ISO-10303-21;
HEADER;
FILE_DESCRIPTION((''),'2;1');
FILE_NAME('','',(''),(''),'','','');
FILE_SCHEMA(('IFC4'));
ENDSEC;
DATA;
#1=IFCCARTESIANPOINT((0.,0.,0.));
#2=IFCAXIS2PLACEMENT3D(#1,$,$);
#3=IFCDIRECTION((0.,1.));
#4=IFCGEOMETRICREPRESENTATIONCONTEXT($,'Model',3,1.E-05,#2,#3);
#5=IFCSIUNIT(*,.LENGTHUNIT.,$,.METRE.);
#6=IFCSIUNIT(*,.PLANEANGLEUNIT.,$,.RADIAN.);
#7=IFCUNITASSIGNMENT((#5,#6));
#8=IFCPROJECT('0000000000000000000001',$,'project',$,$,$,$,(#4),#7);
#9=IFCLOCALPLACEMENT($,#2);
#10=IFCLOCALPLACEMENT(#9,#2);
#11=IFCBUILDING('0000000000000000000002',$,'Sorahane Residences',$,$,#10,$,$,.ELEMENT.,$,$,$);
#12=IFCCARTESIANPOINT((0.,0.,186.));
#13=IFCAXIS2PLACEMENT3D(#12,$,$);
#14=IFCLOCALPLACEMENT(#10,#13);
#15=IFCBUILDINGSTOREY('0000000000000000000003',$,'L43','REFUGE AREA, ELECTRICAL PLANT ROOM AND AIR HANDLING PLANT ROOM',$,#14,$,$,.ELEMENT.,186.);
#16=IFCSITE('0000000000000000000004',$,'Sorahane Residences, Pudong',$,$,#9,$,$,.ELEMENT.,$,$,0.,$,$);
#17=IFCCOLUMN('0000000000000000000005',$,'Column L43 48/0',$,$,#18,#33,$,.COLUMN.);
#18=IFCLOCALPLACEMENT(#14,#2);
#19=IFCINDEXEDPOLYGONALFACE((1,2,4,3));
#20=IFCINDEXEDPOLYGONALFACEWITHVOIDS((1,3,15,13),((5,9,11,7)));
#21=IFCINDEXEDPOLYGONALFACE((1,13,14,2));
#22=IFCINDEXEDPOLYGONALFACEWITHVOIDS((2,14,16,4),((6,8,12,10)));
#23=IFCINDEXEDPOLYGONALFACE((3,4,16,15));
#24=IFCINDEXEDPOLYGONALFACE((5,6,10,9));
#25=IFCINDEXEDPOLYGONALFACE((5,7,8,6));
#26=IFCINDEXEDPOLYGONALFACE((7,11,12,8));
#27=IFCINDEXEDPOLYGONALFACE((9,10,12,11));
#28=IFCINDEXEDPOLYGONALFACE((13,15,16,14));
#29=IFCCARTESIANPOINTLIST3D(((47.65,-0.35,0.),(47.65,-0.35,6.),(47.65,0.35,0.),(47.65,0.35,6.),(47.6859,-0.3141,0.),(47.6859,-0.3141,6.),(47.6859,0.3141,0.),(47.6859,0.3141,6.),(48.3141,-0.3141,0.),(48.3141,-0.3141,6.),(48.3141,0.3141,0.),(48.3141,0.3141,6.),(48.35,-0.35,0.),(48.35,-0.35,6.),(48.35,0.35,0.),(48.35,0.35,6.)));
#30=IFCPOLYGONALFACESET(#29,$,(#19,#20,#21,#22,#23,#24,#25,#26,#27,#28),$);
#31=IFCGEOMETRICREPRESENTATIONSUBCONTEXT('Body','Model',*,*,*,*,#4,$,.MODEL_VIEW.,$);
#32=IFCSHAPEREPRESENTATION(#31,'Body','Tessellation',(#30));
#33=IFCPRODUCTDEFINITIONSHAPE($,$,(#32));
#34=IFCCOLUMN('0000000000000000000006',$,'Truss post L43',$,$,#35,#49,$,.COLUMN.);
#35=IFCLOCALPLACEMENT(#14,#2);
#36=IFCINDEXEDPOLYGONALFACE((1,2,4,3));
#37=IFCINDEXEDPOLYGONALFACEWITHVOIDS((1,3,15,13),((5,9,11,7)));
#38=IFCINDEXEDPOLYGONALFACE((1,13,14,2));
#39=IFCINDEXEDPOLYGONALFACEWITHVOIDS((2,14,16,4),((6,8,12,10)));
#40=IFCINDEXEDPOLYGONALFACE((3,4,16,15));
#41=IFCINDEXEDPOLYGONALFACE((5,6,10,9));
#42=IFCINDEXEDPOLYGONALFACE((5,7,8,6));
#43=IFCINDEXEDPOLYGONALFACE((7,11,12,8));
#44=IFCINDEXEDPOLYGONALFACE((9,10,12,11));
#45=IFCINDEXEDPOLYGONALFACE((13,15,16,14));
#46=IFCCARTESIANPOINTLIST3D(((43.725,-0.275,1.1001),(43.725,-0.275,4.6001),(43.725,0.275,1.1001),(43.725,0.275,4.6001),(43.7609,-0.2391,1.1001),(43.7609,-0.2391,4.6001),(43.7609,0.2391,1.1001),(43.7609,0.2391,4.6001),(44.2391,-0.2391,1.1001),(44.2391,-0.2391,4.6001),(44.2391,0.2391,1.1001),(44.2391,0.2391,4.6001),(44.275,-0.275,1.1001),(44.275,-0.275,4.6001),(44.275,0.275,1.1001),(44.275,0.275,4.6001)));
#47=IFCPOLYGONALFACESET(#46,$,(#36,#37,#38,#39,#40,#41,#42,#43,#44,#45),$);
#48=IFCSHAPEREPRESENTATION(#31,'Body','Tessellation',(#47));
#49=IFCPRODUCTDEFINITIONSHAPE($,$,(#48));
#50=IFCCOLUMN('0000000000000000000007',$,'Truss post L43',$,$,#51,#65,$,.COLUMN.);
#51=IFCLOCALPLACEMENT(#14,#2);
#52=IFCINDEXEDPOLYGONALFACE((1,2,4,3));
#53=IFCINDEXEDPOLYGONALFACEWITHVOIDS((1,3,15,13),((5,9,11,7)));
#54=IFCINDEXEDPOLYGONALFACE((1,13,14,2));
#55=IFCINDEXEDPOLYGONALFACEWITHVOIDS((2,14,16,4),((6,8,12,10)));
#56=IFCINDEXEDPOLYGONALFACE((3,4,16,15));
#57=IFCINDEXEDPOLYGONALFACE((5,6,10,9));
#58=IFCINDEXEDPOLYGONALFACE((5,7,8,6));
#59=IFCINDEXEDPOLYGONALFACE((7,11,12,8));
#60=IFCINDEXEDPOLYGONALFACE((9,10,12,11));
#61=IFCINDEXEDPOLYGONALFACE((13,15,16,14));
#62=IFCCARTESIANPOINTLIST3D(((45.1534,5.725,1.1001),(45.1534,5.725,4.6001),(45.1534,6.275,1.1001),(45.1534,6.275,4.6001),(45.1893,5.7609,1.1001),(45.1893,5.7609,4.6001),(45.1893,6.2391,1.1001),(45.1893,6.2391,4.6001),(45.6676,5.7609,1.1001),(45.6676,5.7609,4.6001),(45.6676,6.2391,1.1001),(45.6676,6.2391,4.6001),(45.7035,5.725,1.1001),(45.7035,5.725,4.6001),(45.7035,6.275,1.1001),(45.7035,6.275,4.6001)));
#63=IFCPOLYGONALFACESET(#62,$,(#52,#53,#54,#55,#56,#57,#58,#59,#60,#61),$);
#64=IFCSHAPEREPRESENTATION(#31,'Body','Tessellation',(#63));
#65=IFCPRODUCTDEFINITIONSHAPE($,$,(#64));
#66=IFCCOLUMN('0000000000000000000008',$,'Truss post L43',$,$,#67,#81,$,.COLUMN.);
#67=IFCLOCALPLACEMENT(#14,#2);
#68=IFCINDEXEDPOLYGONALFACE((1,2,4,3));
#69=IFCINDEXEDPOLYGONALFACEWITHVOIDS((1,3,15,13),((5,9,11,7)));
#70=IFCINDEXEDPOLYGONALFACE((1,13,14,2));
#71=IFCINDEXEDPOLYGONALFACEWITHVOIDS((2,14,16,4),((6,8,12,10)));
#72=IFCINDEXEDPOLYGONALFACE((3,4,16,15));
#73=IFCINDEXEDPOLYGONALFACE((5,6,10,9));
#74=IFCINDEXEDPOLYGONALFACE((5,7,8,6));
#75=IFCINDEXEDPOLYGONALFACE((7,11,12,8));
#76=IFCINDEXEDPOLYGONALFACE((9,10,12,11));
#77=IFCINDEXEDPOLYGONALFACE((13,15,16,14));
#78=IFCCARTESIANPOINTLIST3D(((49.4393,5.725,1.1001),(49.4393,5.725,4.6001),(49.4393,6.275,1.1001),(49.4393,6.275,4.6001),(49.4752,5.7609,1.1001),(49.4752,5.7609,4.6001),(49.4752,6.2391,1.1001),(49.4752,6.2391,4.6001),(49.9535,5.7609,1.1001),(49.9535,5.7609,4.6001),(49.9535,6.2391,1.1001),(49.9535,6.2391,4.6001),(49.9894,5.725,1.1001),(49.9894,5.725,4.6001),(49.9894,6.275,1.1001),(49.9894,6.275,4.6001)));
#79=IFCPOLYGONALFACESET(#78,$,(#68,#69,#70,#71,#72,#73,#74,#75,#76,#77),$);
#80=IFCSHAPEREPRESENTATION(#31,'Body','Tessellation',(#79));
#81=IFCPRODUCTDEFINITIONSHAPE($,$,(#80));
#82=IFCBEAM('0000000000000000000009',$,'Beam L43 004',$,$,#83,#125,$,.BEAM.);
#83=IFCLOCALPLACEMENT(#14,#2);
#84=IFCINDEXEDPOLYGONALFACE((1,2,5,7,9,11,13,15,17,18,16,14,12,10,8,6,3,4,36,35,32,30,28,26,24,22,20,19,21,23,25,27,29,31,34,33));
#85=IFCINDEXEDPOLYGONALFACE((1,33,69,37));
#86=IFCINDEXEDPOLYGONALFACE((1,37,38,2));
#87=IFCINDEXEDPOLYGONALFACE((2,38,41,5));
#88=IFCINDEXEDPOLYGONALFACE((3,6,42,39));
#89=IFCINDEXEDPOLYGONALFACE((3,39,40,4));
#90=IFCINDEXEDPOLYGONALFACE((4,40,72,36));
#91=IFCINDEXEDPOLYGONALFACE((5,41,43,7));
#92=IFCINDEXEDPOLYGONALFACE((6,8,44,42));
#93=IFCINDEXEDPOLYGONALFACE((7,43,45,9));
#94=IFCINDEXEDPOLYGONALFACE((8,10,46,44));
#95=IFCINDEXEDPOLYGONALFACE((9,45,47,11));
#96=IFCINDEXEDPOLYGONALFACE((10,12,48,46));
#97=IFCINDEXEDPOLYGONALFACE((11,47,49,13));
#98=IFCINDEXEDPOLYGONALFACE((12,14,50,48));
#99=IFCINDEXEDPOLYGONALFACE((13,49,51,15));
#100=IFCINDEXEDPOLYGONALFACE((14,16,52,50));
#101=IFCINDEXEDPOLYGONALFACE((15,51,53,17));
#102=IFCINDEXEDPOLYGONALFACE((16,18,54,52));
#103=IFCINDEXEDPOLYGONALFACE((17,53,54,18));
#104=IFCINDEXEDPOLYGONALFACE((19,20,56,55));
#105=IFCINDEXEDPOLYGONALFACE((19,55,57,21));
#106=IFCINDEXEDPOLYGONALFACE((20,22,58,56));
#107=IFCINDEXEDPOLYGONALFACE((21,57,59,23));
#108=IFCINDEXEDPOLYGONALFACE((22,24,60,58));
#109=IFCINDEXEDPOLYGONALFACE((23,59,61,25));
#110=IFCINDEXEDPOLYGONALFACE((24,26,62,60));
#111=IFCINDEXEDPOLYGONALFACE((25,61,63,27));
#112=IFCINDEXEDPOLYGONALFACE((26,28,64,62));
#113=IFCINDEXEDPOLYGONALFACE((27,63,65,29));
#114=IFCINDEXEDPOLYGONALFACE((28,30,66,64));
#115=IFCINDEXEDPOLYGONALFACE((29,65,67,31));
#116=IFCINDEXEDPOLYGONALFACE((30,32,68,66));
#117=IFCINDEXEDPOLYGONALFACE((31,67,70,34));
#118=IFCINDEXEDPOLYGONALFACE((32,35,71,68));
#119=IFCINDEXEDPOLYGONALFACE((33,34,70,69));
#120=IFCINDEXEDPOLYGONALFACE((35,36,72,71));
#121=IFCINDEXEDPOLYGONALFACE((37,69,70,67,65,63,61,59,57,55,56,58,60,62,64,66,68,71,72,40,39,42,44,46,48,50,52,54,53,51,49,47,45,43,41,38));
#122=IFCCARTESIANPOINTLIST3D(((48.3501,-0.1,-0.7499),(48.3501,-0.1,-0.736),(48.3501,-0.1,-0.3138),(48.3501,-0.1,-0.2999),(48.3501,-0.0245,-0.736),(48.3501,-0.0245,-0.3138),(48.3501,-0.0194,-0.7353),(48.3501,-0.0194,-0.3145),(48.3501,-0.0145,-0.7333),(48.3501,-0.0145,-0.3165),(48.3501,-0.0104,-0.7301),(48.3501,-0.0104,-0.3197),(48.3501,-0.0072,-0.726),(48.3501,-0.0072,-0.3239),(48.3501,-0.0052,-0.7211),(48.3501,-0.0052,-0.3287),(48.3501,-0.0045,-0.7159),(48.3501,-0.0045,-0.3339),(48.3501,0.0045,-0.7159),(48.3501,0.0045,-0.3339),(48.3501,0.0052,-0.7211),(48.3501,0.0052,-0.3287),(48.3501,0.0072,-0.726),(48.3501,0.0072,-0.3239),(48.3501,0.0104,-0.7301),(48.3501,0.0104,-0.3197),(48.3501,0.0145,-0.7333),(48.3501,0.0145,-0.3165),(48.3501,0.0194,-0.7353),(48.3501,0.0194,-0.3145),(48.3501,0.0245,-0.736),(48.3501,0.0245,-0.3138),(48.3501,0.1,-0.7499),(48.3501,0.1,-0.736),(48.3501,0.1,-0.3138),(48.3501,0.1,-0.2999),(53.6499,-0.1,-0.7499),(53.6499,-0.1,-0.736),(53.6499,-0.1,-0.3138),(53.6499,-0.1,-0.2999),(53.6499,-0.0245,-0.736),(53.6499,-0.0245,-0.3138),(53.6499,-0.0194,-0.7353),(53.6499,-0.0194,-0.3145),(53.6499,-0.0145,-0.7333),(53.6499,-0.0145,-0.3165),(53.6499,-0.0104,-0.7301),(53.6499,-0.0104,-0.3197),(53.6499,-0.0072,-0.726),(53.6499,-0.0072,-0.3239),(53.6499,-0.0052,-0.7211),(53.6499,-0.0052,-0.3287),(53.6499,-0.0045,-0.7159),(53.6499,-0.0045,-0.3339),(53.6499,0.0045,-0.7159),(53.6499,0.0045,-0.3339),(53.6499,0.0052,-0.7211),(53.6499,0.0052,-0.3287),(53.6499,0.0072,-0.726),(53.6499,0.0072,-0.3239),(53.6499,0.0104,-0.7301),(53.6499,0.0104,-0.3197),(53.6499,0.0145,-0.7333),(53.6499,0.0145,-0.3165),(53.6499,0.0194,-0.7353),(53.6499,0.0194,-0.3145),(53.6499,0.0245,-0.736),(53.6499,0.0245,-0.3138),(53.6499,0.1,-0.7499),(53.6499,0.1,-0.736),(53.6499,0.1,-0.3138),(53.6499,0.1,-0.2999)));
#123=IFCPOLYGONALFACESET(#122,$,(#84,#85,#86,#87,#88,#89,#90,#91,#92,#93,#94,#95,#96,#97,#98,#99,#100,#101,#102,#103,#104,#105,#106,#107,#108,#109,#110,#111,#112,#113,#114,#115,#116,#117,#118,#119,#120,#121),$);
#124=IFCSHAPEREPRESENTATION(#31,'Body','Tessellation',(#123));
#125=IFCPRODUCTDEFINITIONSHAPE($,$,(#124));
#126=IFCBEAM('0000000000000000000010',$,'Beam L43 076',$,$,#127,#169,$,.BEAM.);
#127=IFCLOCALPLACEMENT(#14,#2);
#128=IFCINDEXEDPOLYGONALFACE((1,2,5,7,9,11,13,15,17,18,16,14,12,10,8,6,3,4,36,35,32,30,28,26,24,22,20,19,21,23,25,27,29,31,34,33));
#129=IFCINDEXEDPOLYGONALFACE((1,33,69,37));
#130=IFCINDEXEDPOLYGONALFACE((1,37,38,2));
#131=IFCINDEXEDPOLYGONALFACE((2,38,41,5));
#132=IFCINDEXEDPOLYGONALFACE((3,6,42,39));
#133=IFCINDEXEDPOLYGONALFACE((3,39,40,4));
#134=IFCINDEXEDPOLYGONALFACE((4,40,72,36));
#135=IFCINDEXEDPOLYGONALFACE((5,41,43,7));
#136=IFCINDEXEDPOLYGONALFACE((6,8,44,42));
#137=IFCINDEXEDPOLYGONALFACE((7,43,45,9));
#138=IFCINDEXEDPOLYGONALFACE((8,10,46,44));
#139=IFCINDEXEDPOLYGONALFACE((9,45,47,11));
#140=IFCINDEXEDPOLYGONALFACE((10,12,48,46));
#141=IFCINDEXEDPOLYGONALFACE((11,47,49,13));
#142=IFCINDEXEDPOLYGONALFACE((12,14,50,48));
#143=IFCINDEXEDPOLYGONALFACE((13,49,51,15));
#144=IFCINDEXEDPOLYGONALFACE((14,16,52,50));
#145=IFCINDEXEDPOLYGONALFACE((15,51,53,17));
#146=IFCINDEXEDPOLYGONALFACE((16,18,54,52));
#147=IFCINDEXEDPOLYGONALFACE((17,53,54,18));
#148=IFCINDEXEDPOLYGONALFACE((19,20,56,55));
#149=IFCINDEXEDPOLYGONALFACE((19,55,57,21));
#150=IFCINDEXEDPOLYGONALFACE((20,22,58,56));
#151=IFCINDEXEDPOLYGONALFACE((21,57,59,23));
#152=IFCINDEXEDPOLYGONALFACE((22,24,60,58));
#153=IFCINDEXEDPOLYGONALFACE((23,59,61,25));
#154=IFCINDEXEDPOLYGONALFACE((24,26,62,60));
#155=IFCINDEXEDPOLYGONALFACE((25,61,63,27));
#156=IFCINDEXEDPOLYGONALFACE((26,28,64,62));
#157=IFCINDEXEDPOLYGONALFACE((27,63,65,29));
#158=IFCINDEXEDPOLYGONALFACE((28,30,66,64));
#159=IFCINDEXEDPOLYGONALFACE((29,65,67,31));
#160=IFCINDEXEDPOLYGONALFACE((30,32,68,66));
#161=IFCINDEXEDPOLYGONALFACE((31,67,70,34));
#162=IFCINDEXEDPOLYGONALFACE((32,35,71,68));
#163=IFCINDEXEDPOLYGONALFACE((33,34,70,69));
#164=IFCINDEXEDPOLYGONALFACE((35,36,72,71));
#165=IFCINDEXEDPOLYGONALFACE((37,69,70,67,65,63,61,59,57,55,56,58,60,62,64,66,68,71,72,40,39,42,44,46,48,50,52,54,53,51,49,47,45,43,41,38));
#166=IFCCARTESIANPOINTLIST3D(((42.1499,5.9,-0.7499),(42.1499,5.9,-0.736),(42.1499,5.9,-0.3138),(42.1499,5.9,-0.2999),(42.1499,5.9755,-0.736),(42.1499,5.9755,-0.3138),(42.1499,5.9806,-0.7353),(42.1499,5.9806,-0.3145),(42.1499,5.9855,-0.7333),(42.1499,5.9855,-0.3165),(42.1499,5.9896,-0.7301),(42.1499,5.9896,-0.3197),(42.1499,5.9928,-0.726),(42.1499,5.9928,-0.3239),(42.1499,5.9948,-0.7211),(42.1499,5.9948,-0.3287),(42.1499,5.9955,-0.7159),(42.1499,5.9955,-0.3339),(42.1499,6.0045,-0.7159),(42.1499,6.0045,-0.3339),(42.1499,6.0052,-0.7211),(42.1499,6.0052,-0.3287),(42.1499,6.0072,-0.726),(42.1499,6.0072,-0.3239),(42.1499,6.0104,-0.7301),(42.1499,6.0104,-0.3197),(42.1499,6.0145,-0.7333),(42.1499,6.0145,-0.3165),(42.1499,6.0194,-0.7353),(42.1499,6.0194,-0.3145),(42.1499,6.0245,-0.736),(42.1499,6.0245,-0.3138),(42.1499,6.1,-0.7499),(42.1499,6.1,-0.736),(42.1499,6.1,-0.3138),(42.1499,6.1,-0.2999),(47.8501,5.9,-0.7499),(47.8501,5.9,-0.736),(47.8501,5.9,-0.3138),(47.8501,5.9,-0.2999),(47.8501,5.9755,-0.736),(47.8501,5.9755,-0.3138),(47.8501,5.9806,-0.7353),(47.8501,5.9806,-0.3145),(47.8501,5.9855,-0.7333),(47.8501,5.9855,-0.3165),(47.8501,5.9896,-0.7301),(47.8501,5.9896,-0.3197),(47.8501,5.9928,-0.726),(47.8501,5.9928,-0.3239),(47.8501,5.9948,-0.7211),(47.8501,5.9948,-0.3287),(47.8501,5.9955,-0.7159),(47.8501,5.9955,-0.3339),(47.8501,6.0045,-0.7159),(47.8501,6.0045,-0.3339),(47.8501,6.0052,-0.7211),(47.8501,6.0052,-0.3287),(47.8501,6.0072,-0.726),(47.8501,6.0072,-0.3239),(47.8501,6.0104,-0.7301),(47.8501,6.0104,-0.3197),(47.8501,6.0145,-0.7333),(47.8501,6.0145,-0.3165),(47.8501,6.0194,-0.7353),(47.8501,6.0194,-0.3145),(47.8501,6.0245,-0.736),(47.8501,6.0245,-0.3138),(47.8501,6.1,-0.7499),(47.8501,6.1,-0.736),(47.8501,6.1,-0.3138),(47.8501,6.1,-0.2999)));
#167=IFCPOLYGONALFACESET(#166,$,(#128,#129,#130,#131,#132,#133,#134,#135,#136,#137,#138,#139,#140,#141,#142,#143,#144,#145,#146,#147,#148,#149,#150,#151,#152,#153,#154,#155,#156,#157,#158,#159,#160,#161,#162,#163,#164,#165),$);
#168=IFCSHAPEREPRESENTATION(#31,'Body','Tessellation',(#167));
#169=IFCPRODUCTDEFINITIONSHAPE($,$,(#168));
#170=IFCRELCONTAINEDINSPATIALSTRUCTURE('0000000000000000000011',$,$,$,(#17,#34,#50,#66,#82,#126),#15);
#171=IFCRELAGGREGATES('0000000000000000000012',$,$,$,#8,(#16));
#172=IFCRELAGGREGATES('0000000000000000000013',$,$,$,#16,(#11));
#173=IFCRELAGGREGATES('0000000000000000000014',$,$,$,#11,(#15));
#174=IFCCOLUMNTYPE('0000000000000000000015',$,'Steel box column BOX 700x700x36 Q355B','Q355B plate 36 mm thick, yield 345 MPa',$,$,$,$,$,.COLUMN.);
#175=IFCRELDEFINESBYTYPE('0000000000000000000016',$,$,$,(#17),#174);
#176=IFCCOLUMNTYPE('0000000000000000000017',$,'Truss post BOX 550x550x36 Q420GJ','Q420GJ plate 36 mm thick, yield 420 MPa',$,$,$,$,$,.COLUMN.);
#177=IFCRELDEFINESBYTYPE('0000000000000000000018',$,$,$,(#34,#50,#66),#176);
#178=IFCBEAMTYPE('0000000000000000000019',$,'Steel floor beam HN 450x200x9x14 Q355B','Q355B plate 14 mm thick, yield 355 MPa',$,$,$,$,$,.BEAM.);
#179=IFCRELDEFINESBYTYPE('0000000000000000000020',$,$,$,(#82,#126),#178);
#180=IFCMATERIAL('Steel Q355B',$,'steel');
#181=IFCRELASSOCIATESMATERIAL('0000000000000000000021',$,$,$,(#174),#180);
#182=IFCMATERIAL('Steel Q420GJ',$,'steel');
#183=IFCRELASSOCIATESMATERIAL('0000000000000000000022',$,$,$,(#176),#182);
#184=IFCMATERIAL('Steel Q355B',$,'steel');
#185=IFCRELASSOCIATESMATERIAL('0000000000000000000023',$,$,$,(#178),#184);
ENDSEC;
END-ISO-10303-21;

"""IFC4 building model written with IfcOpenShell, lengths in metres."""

from ifc_helpers import new_model, si_unit, direction, frame, origin, origin_2d, place, context, subcontext, project, spatial, hollow_rectangle, i_section, extrude, material, material_profile, profile_set, type_object, element, save


model = new_model("IFC4")

# Units and contexts
model_context = context("Model", 3, precision=1e-05, world=origin(), true_north=direction((0.0, 1.0)))
body_context = subcontext(model_context, "Body", "Model", "MODEL_VIEW")
ifc_project = project(units=[si_unit("LENGTHUNIT", "METRE"), si_unit("PLANEANGLEUNIT", "RADIAN")], contexts=[model_context])

# Site, building, storey
site_placement = place(None, origin())
site = spatial("IfcSite", under=ifc_project, at=site_placement, Name="Sorahane Residences, Pudong", CompositionType="ELEMENT", RefElevation=0.0)
building_placement = place(site_placement, origin())
building = spatial("IfcBuilding", under=site, at=building_placement, Name="Sorahane Residences", CompositionType="ELEMENT")
storey_placement = place(building_placement, frame((0.0, 0.0, 186.0)))
storey = spatial("IfcBuildingStorey", under=building, at=storey_placement, Name="L43", Description="REFUGE AREA, ELECTRICAL PLANT ROOM AND AIR HANDLING PLANT ROOM", CompositionType="ELEMENT", Elevation=186.0)

# Columns
ifc_material_1 = material(Name="Steel Q355B", Category="steel")
ifc_material_profile_1 = material_profile(ifc_material_1, hollow_rectangle(XDim=0.7, YDim=0.7, WallThickness=0.0359, at=origin_2d()), Name="BOX 700x700x36")
ifc_profile_set_1 = profile_set([ifc_material_profile_1], Name="Steel Q355B")
column_type_1 = type_object("IfcColumnType", Name="Steel box column BOX 700x700x36 Q355B", Description="Q355B plate 36 mm thick, yield 345 MPa", PredefinedType="COLUMN", material=ifc_profile_set_1)
column_placement = place(storey_placement, frame((48.0, 0.0, 0.0), z_axis=(0.0, 0.0, 1.0), x_axis=(1.0, 0.0, 0.0)))
element("IfcColumn", 1, at=column_placement, inside=storey, type_object=column_type_1, Name="Column L43 48/0", PredefinedType="COLUMN", context=body_context, shape_type="SweptSolid", body=[
    extrude(hollow_rectangle(XDim=0.7, YDim=0.7, WallThickness=0.0359, at=origin_2d()), origin(), (0.0, 0.0, 1.0), 6.0),
])
ifc_material_2 = material(Name="Steel Q420GJ", Category="steel")
ifc_material_profile_2 = material_profile(ifc_material_2, hollow_rectangle(XDim=0.55, YDim=0.55, WallThickness=0.0359, at=origin_2d()), Name="BOX 550x550x36")
ifc_profile_set_2 = profile_set([ifc_material_profile_2], Name="Steel Q420GJ")
column_type_2 = type_object("IfcColumnType", Name="Truss post BOX 550x550x36 Q420GJ", Description="Q420GJ plate 36 mm thick, yield 420 MPa", PredefinedType="COLUMN", material=ifc_profile_set_2)
for number, where, z_axis, x_axis, name in (
    (2, (44.0, 0.0, 1.1001), (0.0, 0.0, 1.0), (1.0, 0.0, 0.0), "Truss post L43"),
    (3, (45.4285, 6.0, 1.1001), (0.0, 0.0, 1.0), (1.0, 0.0, 0.0), "Truss post L43"),
    (4, (49.7144, 6.0, 1.1001), (0.0, 0.0, 1.0), (1.0, 0.0, 0.0), "Truss post L43"),
):
    element("IfcColumn", number, at=place(storey_placement, frame(where, z_axis=z_axis, x_axis=x_axis)), inside=storey, type_object=column_type_2, Name=name, PredefinedType="COLUMN", context=body_context, shape_type="SweptSolid", body=[
        extrude(hollow_rectangle(XDim=0.55, YDim=0.55, WallThickness=0.0359, at=origin_2d()), origin(), (0.0, 0.0, 1.0), 3.5),
    ])

# Beams
ifc_material_3 = material(Name="Steel Q355B", Category="steel")
ifc_material_profile_3 = material_profile(ifc_material_3, i_section(OverallWidth=0.2, OverallDepth=0.45, WebThickness=0.009, FlangeThickness=0.0139, FilletRadius=0.02, at=origin_2d()), Name="HN 450x200x9x14")
ifc_profile_set_3 = profile_set([ifc_material_profile_3], Name="Steel Q355B")
beam_type_1 = type_object("IfcBeamType", Name="Steel floor beam HN 450x200x9x14 Q355B", Description="Q355B plate 14 mm thick, yield 355 MPa", PredefinedType="BEAM", material=ifc_profile_set_3)
beam_1_placement = place(storey_placement, frame((48.3501, 0.0, -0.5249), z_axis=(1.0, 0.0, 0.0), x_axis=(0.0, 1.0, 0.0)))
element("IfcBeam", 5, at=beam_1_placement, inside=storey, type_object=beam_type_1, Name="Beam L43 004", PredefinedType="BEAM", context=body_context, shape_type="SweptSolid", body=[
    extrude(i_section(OverallWidth=0.2, OverallDepth=0.45, WebThickness=0.009, FlangeThickness=0.0139, FilletRadius=0.02, at=origin_2d()), origin(), (0.0, 0.0, 1.0), 5.2998),
])
beam_2_placement = place(storey_placement, frame((42.1499, 6.0, -0.5249), z_axis=(1.0, 0.0, 0.0), x_axis=(0.0, 1.0, 0.0)))
element("IfcBeam", 6, at=beam_2_placement, inside=storey, type_object=beam_type_1, Name="Beam L43 076", PredefinedType="BEAM", context=body_context, shape_type="SweptSolid", body=[
    extrude(i_section(OverallWidth=0.2, OverallDepth=0.45, WebThickness=0.009, FlangeThickness=0.0139, FilletRadius=0.02, at=origin_2d()), origin(), (0.0, 0.0, 1.0), 5.7002),
])

save(model, "model.ifc")
